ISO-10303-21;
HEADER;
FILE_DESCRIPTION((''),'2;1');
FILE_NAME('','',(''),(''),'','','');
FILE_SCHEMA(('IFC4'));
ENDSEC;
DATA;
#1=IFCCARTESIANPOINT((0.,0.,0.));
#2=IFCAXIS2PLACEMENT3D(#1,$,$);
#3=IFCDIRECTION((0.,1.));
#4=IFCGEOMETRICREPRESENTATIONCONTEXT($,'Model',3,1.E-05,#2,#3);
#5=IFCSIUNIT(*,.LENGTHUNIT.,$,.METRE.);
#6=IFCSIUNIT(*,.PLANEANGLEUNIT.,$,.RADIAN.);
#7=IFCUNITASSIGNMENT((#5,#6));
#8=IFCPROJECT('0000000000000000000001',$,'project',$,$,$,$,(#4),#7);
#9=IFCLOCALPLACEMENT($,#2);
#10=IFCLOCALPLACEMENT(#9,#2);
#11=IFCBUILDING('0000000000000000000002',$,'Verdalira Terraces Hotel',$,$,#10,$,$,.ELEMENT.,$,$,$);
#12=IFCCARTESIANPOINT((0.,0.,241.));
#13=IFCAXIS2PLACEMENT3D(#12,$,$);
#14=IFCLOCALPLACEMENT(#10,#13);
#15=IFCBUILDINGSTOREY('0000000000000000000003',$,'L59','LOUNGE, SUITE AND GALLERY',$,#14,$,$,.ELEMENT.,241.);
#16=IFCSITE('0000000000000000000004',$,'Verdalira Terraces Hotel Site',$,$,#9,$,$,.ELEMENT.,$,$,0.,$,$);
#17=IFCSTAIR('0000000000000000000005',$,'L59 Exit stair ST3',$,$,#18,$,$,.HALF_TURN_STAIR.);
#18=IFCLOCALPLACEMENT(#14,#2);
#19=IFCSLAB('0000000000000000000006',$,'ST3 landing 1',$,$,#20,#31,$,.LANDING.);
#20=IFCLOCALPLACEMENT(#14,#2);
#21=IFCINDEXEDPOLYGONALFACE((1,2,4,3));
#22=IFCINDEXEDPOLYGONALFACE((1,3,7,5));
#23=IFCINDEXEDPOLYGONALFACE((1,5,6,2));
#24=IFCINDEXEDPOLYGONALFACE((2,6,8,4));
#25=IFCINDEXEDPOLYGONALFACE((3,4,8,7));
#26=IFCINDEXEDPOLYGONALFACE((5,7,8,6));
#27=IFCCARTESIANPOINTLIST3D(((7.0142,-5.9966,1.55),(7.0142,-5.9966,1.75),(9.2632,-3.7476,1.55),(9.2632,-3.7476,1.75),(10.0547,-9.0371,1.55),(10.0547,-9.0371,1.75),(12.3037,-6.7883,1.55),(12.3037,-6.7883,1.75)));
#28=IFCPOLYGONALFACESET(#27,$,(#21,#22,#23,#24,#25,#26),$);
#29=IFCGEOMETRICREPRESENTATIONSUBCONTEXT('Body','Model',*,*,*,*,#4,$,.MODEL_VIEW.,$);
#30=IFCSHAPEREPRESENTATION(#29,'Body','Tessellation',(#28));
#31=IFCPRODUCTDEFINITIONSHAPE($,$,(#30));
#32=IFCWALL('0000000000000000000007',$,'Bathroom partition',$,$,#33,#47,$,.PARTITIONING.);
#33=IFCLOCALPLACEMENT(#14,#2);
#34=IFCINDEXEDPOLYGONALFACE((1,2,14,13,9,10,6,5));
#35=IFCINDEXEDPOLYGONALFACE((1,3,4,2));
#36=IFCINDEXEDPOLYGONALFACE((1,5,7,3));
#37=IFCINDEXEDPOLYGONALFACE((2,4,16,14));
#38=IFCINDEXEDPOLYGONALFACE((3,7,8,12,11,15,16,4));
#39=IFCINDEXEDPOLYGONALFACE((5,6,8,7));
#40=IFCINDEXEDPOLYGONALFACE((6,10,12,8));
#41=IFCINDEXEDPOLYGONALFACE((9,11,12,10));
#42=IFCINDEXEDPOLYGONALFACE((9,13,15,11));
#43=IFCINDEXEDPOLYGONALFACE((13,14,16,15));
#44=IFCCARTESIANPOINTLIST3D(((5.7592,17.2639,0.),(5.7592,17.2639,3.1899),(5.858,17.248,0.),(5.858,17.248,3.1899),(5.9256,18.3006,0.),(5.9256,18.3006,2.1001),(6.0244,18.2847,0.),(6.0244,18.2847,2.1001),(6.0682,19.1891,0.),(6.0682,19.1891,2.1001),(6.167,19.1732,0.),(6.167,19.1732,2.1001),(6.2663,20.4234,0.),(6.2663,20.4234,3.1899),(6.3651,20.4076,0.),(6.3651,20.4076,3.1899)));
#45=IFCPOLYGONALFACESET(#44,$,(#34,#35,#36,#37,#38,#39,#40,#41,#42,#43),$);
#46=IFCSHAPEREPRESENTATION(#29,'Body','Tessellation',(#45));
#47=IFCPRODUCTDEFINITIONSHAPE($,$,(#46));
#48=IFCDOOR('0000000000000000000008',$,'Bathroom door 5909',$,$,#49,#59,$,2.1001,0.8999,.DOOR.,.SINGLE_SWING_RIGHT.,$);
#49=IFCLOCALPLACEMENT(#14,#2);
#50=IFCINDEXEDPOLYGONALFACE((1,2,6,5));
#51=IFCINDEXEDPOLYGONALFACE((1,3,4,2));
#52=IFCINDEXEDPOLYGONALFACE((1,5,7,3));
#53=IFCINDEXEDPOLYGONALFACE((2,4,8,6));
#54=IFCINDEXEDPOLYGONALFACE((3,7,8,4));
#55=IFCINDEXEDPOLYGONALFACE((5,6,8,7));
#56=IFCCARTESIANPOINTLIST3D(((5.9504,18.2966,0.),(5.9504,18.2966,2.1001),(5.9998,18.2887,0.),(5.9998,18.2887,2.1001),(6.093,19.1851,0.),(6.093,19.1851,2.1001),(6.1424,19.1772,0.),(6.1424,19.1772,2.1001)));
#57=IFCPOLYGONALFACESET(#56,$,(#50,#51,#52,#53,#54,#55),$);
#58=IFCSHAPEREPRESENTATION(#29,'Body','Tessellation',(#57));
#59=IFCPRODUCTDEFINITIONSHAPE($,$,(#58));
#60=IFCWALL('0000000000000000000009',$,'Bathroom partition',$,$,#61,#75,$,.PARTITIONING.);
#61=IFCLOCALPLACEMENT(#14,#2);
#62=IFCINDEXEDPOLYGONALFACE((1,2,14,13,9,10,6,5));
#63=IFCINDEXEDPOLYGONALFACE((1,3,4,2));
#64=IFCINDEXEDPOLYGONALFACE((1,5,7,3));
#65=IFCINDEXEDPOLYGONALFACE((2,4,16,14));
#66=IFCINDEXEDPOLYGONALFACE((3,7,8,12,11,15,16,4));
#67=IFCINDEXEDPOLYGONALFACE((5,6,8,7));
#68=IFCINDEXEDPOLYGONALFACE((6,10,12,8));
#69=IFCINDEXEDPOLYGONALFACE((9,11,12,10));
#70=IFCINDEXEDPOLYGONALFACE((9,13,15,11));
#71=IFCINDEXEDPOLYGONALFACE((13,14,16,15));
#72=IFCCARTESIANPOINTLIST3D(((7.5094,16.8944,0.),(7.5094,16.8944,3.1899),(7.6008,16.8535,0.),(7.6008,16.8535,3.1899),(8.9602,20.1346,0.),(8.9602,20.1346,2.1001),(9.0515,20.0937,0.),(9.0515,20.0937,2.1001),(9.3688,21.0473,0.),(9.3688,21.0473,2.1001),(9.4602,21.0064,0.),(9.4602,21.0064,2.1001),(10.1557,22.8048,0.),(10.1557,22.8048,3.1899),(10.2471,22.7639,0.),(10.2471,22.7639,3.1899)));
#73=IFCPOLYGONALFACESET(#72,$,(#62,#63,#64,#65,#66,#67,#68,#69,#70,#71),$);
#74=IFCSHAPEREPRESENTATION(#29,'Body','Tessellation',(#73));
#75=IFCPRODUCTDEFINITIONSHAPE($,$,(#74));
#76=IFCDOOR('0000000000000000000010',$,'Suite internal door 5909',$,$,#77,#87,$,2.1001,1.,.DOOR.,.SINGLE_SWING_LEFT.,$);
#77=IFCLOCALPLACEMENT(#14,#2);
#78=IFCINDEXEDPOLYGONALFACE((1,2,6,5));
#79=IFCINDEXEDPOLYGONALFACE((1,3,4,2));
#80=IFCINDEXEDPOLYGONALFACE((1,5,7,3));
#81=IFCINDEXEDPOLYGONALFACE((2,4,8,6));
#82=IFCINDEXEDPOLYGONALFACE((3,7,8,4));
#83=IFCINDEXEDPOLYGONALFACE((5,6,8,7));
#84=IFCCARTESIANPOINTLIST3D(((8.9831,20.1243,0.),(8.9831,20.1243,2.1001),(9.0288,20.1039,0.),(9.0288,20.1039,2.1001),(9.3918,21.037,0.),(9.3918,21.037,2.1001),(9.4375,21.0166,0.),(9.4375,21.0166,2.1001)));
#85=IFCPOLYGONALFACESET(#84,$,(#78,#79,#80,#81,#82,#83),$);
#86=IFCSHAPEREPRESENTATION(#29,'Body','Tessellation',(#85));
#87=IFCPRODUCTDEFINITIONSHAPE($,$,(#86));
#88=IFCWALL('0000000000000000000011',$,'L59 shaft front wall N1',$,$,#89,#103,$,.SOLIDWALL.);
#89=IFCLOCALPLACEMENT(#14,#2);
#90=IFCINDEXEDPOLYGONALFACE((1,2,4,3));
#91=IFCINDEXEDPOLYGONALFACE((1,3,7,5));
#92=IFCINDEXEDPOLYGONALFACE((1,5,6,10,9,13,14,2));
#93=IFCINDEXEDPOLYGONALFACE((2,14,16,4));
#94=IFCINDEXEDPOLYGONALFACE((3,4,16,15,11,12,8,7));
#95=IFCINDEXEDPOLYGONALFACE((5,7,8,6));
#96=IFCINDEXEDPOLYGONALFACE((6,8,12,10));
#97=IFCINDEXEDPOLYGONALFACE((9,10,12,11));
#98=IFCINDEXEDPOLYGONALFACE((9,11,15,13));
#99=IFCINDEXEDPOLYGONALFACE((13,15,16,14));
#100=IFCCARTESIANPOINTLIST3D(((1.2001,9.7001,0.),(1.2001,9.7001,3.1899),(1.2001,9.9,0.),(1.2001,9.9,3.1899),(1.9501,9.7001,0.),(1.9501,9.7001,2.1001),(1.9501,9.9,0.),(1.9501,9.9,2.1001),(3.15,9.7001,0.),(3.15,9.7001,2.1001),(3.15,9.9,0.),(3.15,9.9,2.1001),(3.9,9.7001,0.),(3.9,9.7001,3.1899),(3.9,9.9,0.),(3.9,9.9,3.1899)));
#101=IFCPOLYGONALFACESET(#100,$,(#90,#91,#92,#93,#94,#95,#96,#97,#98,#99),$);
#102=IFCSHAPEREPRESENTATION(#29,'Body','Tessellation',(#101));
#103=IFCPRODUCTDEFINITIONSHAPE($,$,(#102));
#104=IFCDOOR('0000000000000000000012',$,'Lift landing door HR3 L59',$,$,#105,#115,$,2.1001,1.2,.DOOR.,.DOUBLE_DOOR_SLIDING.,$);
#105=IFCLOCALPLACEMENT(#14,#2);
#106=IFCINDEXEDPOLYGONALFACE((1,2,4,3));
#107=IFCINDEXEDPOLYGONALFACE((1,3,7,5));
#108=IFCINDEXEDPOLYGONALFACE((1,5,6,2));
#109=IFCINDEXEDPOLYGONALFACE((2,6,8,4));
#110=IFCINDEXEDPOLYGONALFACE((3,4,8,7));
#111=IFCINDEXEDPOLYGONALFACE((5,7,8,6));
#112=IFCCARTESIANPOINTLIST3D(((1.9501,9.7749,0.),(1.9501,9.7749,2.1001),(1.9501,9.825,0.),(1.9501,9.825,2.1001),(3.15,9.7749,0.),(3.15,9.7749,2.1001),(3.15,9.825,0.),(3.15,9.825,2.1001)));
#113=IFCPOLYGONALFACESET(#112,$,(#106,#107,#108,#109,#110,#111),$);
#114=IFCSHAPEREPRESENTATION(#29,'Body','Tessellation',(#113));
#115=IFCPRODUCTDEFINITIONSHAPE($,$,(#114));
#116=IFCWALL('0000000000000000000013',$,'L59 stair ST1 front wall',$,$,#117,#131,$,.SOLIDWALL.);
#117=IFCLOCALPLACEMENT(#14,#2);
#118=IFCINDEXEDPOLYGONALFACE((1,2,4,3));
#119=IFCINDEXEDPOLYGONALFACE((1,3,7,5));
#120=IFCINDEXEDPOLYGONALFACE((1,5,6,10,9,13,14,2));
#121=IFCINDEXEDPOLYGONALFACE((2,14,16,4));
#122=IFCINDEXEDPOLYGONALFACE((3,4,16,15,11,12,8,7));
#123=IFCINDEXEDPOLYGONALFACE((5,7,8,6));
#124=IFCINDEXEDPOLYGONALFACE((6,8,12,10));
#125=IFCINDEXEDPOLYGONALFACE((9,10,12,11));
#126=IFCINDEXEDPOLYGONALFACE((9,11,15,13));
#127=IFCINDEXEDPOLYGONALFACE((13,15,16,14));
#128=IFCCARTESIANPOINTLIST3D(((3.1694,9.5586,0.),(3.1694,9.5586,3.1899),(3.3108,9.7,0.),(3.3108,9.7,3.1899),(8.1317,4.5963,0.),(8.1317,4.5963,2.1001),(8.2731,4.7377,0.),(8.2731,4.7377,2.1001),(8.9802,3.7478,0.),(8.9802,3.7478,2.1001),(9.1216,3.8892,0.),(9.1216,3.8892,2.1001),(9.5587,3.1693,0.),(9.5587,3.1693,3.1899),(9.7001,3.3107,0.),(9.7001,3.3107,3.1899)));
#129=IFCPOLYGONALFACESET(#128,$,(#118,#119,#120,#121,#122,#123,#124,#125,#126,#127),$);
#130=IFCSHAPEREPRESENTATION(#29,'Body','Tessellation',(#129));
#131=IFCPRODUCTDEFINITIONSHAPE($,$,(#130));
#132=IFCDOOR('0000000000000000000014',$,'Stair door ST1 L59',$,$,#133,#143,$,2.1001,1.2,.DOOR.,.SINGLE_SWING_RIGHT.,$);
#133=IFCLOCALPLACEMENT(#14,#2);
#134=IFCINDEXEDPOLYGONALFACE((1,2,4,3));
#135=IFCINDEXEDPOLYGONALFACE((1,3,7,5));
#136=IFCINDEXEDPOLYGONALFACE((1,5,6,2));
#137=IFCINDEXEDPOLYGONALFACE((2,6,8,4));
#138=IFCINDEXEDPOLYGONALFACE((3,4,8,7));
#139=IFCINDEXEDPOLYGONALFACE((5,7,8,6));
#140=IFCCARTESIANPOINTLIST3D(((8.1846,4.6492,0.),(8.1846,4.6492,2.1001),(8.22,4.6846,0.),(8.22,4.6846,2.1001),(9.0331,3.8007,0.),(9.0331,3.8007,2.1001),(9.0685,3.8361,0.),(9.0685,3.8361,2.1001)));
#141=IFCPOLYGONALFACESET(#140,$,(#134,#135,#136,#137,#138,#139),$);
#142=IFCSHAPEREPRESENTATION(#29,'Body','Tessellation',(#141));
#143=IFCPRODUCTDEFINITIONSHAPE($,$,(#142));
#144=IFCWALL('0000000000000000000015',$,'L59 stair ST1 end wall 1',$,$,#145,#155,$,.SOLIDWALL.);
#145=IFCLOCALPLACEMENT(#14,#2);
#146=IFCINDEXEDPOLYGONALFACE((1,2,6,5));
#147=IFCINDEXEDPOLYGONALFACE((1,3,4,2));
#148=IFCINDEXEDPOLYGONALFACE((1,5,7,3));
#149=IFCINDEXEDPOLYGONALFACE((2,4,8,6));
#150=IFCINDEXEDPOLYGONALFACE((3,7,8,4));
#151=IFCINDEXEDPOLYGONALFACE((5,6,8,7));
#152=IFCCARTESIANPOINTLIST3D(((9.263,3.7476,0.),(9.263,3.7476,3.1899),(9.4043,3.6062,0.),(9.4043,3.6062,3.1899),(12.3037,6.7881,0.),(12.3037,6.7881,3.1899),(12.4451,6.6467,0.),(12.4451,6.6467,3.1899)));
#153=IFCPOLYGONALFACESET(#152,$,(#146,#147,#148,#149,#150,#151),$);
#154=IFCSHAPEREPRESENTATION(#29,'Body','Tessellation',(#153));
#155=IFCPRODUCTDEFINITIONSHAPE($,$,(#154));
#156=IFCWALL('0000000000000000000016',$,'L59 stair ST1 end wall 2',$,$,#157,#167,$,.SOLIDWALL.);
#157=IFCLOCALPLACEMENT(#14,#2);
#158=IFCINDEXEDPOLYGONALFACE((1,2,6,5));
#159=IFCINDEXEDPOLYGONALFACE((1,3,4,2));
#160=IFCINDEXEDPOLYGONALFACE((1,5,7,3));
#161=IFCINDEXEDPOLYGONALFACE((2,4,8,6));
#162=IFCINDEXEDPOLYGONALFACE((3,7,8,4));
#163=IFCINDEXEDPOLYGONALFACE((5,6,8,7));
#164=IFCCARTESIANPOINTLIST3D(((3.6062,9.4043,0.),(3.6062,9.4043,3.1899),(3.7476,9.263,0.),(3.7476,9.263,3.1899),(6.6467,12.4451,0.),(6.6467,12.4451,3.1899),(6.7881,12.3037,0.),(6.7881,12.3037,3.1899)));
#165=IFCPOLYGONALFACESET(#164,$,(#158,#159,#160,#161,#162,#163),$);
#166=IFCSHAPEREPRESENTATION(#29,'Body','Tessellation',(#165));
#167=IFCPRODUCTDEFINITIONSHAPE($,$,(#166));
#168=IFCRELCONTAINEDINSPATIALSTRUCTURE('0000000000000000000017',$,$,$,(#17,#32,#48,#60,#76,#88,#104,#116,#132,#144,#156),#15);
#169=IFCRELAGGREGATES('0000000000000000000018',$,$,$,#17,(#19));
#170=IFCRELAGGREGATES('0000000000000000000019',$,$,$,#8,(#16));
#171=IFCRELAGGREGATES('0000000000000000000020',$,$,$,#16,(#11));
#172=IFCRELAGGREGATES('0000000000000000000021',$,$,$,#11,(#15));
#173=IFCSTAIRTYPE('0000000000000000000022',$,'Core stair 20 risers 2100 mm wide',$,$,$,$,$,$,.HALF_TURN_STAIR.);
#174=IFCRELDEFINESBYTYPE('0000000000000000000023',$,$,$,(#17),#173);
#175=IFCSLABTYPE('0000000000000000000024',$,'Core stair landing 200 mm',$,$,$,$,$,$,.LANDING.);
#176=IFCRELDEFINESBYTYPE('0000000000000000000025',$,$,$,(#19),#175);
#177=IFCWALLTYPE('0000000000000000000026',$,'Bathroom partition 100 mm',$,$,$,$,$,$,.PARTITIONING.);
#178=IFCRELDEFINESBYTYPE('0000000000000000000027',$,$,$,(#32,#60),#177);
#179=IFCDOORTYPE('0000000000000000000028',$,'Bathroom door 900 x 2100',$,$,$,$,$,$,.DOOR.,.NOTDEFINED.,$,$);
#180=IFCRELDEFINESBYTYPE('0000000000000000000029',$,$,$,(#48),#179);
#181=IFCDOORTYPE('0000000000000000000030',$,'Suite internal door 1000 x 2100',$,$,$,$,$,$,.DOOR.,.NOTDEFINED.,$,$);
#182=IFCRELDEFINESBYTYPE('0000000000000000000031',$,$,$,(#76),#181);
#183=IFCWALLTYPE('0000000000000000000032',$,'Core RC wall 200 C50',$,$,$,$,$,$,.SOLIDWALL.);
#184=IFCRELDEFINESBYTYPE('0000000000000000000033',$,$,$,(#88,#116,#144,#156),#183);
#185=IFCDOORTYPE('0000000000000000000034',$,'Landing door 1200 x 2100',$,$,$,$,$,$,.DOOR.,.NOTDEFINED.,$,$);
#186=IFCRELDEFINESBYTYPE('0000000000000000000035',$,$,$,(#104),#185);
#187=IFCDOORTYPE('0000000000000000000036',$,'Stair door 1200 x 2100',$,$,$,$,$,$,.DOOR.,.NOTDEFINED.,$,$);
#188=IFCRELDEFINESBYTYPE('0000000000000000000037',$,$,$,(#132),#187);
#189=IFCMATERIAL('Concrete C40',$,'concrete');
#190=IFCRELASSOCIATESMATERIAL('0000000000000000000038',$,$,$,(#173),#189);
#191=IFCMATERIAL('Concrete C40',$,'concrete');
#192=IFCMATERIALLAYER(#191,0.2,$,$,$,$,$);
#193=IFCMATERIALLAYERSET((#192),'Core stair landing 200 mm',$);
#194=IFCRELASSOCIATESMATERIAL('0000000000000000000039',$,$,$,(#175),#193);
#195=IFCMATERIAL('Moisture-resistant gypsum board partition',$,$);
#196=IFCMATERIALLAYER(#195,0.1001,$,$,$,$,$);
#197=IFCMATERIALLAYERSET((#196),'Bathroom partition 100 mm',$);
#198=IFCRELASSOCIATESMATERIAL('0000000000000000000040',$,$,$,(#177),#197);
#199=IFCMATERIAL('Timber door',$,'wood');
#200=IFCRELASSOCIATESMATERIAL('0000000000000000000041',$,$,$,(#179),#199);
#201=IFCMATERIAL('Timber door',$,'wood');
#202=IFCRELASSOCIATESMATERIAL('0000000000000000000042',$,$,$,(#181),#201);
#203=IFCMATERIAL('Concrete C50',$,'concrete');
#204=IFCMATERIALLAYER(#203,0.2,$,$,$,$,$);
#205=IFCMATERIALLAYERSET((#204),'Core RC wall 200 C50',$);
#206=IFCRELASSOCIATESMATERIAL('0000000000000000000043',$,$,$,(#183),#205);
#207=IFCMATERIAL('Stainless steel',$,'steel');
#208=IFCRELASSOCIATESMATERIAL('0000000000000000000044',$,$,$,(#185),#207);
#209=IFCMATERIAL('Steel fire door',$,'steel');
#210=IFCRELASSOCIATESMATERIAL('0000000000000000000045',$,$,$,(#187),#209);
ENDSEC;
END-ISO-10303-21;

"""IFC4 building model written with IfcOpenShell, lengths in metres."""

from ifc_helpers import new_model, si_unit, direction, frame, frame_2d, origin, place, context, subcontext, project, spatial, polyline, rectangle, outline, extrude, material, layer, layer_set, type_object, element, fill, aggregate, save


model = new_model("IFC4")

# Units and contexts
model_context = context("Model", 3, precision=1e-05, world=origin(), true_north=direction((0.0, 1.0)))
body_context = subcontext(model_context, "Body", "Model", "MODEL_VIEW")
ifc_project = project(units=[si_unit("LENGTHUNIT", "METRE"), si_unit("PLANEANGLEUNIT", "RADIAN")], contexts=[model_context])

# Site, building, storey
site_placement = place(None, origin())
site = spatial("IfcSite", under=ifc_project, at=site_placement, Name="Verdalira Terraces Hotel Site", CompositionType="ELEMENT", RefElevation=0.0)
building_placement = place(site_placement, origin())
building = spatial("IfcBuilding", under=site, at=building_placement, Name="Verdalira Terraces Hotel", CompositionType="ELEMENT")
storey_placement = place(building_placement, frame((0.0, 0.0, 241.0)))
storey = spatial("IfcBuildingStorey", under=building, at=storey_placement, Name="L59", Description="LOUNGE, SUITE AND GALLERY", CompositionType="ELEMENT", Elevation=241.0)

# Stair, slab
ifc_material_1 = material(Name="Concrete C40", Category="concrete")
stair_type = type_object("IfcStairType", Name="Core stair 20 risers 2100 mm wide", PredefinedType="HALF_TURN_STAIR", material=ifc_material_1)
stair_placement = place(storey_placement, origin())
stair = element("IfcStair", 1, at=stair_placement, inside=storey, type_object=stair_type, Name="L59 Exit stair ST3", PredefinedType="HALF_TURN_STAIR")
ifc_material_2 = material(Name="Concrete C40", Category="concrete")
ifc_layer_1 = layer(ifc_material_2, 0.2)
ifc_layer_set_1 = layer_set([ifc_layer_1], Name="Core stair landing 200 mm")
slab_type = type_object("IfcSlabType", Name="Core stair landing 200 mm", PredefinedType="LANDING", material=ifc_layer_set_1)
slab_placement = place(storey_placement, frame((0.0, 0.0, 1.55)))
slab = element("IfcSlab", 2, at=slab_placement, type_object=slab_type, Name="ST3 landing 1", PredefinedType="LANDING", context=body_context, shape_type="SweptSolid", body=[
    extrude(outline(polyline([(10.0547, -9.0371), (12.3037, -6.7883), (9.2632, -3.7476), (7.0142, -5.9966), (10.0547, -9.0371)])), origin(), (0.0, 0.0, 1.0), 0.2),
])
aggregate(stair, [slab])

# Walls, openings, doors
ifc_material_3 = material(Name="Moisture-resistant gypsum board partition")
ifc_layer_2 = layer(ifc_material_3, 0.1001)
ifc_layer_set_2 = layer_set([ifc_layer_2], Name="Bathroom partition 100 mm")
wall_type_1 = type_object("IfcWallType", Name="Bathroom partition 100 mm", PredefinedType="PARTITIONING", material=ifc_layer_set_2)
wall_1_placement = place(storey_placement, frame((5.8086, 17.2559, 0.0), z_axis=(0.0, 0.0, 1.0), x_axis=(0.15847, 0.987364, 0.0)))
wall_1 = element("IfcWall", 3, at=wall_1_placement, inside=storey, type_object=wall_type_1, Name="Bathroom partition", PredefinedType="PARTITIONING", context=body_context, shape_type="SweptSolid", body=[
    extrude(rectangle(XDim=3.2, YDim=0.1001, at=frame_2d((1.6001, 0.0))), origin(), (0.0, 0.0, 1.0), 3.1899),
])
opening_1_placement = place(wall_1_placement, frame((1.05, 0.0, 0.0)))
opening_1 = element("IfcOpeningElement", 4, at=opening_1_placement, cuts=wall_1, PredefinedType="OPENING", context=body_context, shape_type="SweptSolid", body=[
    extrude(rectangle(XDim=0.8999, YDim=2.1001, at=frame_2d((0.45, 1.05))), frame((0.0, 0.0601, 0.0), z_axis=(0.0, -1.0, 0.0), x_axis=(1.0, 0.0, 0.0)), (0.0, 0.0, 1.0), 0.1201),
])
ifc_material_4 = material(Name="Timber door", Category="wood")
door_type_1 = type_object("IfcDoorType", Name="Bathroom door 900 x 2100", OperationType="NOTDEFINED", PredefinedType="DOOR", material=ifc_material_4)
door_1_placement = place(opening_1_placement, origin())
door_1 = element("IfcDoor", 5, at=door_1_placement, inside=storey, type_object=door_type_1, Name="Bathroom door 5909", OperationType="SINGLE_SWING_RIGHT", OverallHeight=2.1001, OverallWidth=0.8999, PredefinedType="DOOR", context=body_context, shape_type="SweptSolid", body=[
    extrude(rectangle(XDim=0.8999, YDim=2.1001, at=frame_2d((0.45, 1.05))), frame((0.0, 0.0249, 0.0), z_axis=(0.0, -1.0, 0.0), x_axis=(1.0, 0.0, 0.0)), (0.0, 0.0, 1.0), 0.05),
])
fill(opening_1, door_1)
wall_2_placement = place(storey_placement, frame((7.5552, 16.874, 0.0), z_axis=(0.0, 0.0, 1.0), x_axis=(0.408638, 0.912697, 0.0)))
wall_2 = element("IfcWall", 6, at=wall_2_placement, inside=storey, type_object=wall_type_1, Name="Bathroom partition", PredefinedType="PARTITIONING", context=body_context, shape_type="SweptSolid", body=[
    extrude(rectangle(XDim=6.4758, YDim=0.1001, at=frame_2d((3.2378, 0.0))), origin(), (0.0, 0.0, 1.0), 3.1899),
])
opening_2_placement = place(wall_2_placement, frame((3.55, 0.0, 0.0)))
opening_2 = element("IfcOpeningElement", 7, at=opening_2_placement, cuts=wall_2, PredefinedType="OPENING", context=body_context, shape_type="SweptSolid", body=[
    extrude(rectangle(XDim=1.0, YDim=2.1001, at=frame_2d((0.5, 1.05))), frame((0.0, 0.0601, 0.0), z_axis=(0.0, -1.0, 0.0), x_axis=(1.0, 0.0, 0.0)), (0.0, 0.0, 1.0), 0.1201),
])
ifc_material_5 = material(Name="Timber door", Category="wood")
door_type_2 = type_object("IfcDoorType", Name="Suite internal door 1000 x 2100", OperationType="NOTDEFINED", PredefinedType="DOOR", material=ifc_material_5)
door_2_placement = place(opening_2_placement, origin())
door_2 = element("IfcDoor", 8, at=door_2_placement, inside=storey, type_object=door_type_2, Name="Suite internal door 5909", OperationType="SINGLE_SWING_LEFT", OverallHeight=2.1001, OverallWidth=1.0, PredefinedType="DOOR", context=body_context, shape_type="SweptSolid", body=[
    extrude(rectangle(XDim=1.0, YDim=2.1001, at=frame_2d((0.5, 1.05))), frame((0.0, 0.0249, 0.0), z_axis=(0.0, -1.0, 0.0), x_axis=(1.0, 0.0, 0.0)), (0.0, 0.0, 1.0), 0.05),
])
fill(opening_2, door_2)
ifc_material_6 = material(Name="Concrete C50", Category="concrete")
ifc_layer_3 = layer(ifc_material_6, 0.2)
ifc_layer_set_3 = layer_set([ifc_layer_3], Name="Core RC wall 200 C50")
wall_type_2 = type_object("IfcWallType", Name="Core RC wall 200 C50", PredefinedType="SOLIDWALL", material=ifc_layer_set_3)
wall_3_placement = place(storey_placement, frame((1.2, 9.8, 0.0), z_axis=(0.0, 0.0, 1.0), x_axis=(1.0, 0.0, 0.0)))
wall_3 = element("IfcWall", 9, at=wall_3_placement, inside=storey, type_object=wall_type_2, Name="L59 shaft front wall N1", PredefinedType="SOLIDWALL", context=body_context, shape_type="SweptSolid", body=[
    extrude(rectangle(XDim=2.7, YDim=0.2, at=frame_2d((1.3501, 0.0))), origin(), (0.0, 0.0, 1.0), 3.1899),
])
opening_3_placement = place(wall_3_placement, frame((0.75, 0.0, 0.0)))
opening_3 = element("IfcOpeningElement", 10, at=opening_3_placement, cuts=wall_3, PredefinedType="OPENING", context=body_context, shape_type="SweptSolid", body=[
    extrude(rectangle(XDim=1.2, YDim=2.1001, at=frame_2d((0.6001, 1.05))), frame((0.0, 0.1099, 0.0), z_axis=(0.0, -1.0, 0.0), x_axis=(1.0, 0.0, 0.0)), (0.0, 0.0, 1.0), 0.22),
])
ifc_material_7 = material(Name="Stainless steel", Category="steel")
door_type_3 = type_object("IfcDoorType", Name="Landing door 1200 x 2100", OperationType="NOTDEFINED", PredefinedType="DOOR", material=ifc_material_7)
door_3_placement = place(opening_3_placement, origin())
door_3 = element("IfcDoor", 11, at=door_3_placement, inside=storey, type_object=door_type_3, Name="Lift landing door HR3 L59", OperationType="DOUBLE_DOOR_SLIDING", OverallHeight=2.1001, OverallWidth=1.2, PredefinedType="DOOR", context=body_context, shape_type="SweptSolid", body=[
    extrude(rectangle(XDim=1.2, YDim=2.1001, at=frame_2d((0.6001, 1.05))), frame((0.0, 0.0249, 0.0), z_axis=(0.0, -1.0, 0.0), x_axis=(1.0, 0.0, 0.0)), (0.0, 0.0, 1.0), 0.05),
])
fill(opening_3, door_3)
wall_4_placement = place(storey_placement, frame((3.24, 9.6294, 0.0), z_axis=(0.0, 0.0, 1.0), x_axis=(0.707107, -0.707107, 0.0)))
wall_4 = element("IfcWall", 12, at=wall_4_placement, inside=storey, type_object=wall_type_2, Name="L59 stair ST1 front wall", PredefinedType="SOLIDWALL", context=body_context, shape_type="SweptSolid", body=[
    extrude(rectangle(XDim=9.0359, YDim=0.2, at=frame_2d((4.5181, 0.0))), origin(), (0.0, 0.0, 1.0), 3.1899),
])
opening_4_placement = place(wall_4_placement, frame((7.0178, 0.0, 0.0)))
opening_4 = element("IfcOpeningElement", 13, at=opening_4_placement, cuts=wall_4, PredefinedType="OPENING", context=body_context, shape_type="SweptSolid", body=[
    extrude(rectangle(XDim=1.2, YDim=2.1001, at=frame_2d((0.6001, 1.05))), frame((0.0, 0.1099, 0.0), z_axis=(0.0, -1.0, 0.0), x_axis=(1.0, 0.0, 0.0)), (0.0, 0.0, 1.0), 0.22),
])
ifc_material_8 = material(Name="Steel fire door", Category="steel")
door_type_4 = type_object("IfcDoorType", Name="Stair door 1200 x 2100", OperationType="NOTDEFINED", PredefinedType="DOOR", material=ifc_material_8)
door_4_placement = place(opening_4_placement, origin())
door_4 = element("IfcDoor", 14, at=door_4_placement, inside=storey, type_object=door_type_4, Name="Stair door ST1 L59", OperationType="SINGLE_SWING_RIGHT", OverallHeight=2.1001, OverallWidth=1.2, PredefinedType="DOOR", context=body_context, shape_type="SweptSolid", body=[
    extrude(rectangle(XDim=1.2, YDim=2.1001, at=frame_2d((0.6001, 1.05))), frame((0.0, 0.0249, 0.0), z_axis=(0.0, -1.0, 0.0), x_axis=(1.0, 0.0, 0.0)), (0.0, 0.0, 1.0), 0.05),
])
fill(opening_4, door_4)

# Walls
for number, where, z_axis, x_axis, name in (
    (15, (9.3337, 3.677, 0.0), (0.0, 0.0, 1.0), (0.707135, 0.707078, 0.0), "L59 stair ST1 end wall 1"),
    (16, (3.677, 9.3337, 0.0), (0.0, 0.0, 1.0), (0.707078, 0.707135, 0.0), "L59 stair ST1 end wall 2"),
):
    element("IfcWall", number, at=place(storey_placement, frame(where, z_axis=z_axis, x_axis=x_axis)), inside=storey, type_object=wall_type_2, Name=name, PredefinedType="SOLIDWALL", context=body_context, shape_type="SweptSolid", body=[
        extrude(rectangle(XDim=4.3, YDim=0.2, at=frame_2d((2.1499, 0.0))), origin(), (0.0, 0.0, 1.0), 3.1899),
    ])

save(model, "model.ifc")
